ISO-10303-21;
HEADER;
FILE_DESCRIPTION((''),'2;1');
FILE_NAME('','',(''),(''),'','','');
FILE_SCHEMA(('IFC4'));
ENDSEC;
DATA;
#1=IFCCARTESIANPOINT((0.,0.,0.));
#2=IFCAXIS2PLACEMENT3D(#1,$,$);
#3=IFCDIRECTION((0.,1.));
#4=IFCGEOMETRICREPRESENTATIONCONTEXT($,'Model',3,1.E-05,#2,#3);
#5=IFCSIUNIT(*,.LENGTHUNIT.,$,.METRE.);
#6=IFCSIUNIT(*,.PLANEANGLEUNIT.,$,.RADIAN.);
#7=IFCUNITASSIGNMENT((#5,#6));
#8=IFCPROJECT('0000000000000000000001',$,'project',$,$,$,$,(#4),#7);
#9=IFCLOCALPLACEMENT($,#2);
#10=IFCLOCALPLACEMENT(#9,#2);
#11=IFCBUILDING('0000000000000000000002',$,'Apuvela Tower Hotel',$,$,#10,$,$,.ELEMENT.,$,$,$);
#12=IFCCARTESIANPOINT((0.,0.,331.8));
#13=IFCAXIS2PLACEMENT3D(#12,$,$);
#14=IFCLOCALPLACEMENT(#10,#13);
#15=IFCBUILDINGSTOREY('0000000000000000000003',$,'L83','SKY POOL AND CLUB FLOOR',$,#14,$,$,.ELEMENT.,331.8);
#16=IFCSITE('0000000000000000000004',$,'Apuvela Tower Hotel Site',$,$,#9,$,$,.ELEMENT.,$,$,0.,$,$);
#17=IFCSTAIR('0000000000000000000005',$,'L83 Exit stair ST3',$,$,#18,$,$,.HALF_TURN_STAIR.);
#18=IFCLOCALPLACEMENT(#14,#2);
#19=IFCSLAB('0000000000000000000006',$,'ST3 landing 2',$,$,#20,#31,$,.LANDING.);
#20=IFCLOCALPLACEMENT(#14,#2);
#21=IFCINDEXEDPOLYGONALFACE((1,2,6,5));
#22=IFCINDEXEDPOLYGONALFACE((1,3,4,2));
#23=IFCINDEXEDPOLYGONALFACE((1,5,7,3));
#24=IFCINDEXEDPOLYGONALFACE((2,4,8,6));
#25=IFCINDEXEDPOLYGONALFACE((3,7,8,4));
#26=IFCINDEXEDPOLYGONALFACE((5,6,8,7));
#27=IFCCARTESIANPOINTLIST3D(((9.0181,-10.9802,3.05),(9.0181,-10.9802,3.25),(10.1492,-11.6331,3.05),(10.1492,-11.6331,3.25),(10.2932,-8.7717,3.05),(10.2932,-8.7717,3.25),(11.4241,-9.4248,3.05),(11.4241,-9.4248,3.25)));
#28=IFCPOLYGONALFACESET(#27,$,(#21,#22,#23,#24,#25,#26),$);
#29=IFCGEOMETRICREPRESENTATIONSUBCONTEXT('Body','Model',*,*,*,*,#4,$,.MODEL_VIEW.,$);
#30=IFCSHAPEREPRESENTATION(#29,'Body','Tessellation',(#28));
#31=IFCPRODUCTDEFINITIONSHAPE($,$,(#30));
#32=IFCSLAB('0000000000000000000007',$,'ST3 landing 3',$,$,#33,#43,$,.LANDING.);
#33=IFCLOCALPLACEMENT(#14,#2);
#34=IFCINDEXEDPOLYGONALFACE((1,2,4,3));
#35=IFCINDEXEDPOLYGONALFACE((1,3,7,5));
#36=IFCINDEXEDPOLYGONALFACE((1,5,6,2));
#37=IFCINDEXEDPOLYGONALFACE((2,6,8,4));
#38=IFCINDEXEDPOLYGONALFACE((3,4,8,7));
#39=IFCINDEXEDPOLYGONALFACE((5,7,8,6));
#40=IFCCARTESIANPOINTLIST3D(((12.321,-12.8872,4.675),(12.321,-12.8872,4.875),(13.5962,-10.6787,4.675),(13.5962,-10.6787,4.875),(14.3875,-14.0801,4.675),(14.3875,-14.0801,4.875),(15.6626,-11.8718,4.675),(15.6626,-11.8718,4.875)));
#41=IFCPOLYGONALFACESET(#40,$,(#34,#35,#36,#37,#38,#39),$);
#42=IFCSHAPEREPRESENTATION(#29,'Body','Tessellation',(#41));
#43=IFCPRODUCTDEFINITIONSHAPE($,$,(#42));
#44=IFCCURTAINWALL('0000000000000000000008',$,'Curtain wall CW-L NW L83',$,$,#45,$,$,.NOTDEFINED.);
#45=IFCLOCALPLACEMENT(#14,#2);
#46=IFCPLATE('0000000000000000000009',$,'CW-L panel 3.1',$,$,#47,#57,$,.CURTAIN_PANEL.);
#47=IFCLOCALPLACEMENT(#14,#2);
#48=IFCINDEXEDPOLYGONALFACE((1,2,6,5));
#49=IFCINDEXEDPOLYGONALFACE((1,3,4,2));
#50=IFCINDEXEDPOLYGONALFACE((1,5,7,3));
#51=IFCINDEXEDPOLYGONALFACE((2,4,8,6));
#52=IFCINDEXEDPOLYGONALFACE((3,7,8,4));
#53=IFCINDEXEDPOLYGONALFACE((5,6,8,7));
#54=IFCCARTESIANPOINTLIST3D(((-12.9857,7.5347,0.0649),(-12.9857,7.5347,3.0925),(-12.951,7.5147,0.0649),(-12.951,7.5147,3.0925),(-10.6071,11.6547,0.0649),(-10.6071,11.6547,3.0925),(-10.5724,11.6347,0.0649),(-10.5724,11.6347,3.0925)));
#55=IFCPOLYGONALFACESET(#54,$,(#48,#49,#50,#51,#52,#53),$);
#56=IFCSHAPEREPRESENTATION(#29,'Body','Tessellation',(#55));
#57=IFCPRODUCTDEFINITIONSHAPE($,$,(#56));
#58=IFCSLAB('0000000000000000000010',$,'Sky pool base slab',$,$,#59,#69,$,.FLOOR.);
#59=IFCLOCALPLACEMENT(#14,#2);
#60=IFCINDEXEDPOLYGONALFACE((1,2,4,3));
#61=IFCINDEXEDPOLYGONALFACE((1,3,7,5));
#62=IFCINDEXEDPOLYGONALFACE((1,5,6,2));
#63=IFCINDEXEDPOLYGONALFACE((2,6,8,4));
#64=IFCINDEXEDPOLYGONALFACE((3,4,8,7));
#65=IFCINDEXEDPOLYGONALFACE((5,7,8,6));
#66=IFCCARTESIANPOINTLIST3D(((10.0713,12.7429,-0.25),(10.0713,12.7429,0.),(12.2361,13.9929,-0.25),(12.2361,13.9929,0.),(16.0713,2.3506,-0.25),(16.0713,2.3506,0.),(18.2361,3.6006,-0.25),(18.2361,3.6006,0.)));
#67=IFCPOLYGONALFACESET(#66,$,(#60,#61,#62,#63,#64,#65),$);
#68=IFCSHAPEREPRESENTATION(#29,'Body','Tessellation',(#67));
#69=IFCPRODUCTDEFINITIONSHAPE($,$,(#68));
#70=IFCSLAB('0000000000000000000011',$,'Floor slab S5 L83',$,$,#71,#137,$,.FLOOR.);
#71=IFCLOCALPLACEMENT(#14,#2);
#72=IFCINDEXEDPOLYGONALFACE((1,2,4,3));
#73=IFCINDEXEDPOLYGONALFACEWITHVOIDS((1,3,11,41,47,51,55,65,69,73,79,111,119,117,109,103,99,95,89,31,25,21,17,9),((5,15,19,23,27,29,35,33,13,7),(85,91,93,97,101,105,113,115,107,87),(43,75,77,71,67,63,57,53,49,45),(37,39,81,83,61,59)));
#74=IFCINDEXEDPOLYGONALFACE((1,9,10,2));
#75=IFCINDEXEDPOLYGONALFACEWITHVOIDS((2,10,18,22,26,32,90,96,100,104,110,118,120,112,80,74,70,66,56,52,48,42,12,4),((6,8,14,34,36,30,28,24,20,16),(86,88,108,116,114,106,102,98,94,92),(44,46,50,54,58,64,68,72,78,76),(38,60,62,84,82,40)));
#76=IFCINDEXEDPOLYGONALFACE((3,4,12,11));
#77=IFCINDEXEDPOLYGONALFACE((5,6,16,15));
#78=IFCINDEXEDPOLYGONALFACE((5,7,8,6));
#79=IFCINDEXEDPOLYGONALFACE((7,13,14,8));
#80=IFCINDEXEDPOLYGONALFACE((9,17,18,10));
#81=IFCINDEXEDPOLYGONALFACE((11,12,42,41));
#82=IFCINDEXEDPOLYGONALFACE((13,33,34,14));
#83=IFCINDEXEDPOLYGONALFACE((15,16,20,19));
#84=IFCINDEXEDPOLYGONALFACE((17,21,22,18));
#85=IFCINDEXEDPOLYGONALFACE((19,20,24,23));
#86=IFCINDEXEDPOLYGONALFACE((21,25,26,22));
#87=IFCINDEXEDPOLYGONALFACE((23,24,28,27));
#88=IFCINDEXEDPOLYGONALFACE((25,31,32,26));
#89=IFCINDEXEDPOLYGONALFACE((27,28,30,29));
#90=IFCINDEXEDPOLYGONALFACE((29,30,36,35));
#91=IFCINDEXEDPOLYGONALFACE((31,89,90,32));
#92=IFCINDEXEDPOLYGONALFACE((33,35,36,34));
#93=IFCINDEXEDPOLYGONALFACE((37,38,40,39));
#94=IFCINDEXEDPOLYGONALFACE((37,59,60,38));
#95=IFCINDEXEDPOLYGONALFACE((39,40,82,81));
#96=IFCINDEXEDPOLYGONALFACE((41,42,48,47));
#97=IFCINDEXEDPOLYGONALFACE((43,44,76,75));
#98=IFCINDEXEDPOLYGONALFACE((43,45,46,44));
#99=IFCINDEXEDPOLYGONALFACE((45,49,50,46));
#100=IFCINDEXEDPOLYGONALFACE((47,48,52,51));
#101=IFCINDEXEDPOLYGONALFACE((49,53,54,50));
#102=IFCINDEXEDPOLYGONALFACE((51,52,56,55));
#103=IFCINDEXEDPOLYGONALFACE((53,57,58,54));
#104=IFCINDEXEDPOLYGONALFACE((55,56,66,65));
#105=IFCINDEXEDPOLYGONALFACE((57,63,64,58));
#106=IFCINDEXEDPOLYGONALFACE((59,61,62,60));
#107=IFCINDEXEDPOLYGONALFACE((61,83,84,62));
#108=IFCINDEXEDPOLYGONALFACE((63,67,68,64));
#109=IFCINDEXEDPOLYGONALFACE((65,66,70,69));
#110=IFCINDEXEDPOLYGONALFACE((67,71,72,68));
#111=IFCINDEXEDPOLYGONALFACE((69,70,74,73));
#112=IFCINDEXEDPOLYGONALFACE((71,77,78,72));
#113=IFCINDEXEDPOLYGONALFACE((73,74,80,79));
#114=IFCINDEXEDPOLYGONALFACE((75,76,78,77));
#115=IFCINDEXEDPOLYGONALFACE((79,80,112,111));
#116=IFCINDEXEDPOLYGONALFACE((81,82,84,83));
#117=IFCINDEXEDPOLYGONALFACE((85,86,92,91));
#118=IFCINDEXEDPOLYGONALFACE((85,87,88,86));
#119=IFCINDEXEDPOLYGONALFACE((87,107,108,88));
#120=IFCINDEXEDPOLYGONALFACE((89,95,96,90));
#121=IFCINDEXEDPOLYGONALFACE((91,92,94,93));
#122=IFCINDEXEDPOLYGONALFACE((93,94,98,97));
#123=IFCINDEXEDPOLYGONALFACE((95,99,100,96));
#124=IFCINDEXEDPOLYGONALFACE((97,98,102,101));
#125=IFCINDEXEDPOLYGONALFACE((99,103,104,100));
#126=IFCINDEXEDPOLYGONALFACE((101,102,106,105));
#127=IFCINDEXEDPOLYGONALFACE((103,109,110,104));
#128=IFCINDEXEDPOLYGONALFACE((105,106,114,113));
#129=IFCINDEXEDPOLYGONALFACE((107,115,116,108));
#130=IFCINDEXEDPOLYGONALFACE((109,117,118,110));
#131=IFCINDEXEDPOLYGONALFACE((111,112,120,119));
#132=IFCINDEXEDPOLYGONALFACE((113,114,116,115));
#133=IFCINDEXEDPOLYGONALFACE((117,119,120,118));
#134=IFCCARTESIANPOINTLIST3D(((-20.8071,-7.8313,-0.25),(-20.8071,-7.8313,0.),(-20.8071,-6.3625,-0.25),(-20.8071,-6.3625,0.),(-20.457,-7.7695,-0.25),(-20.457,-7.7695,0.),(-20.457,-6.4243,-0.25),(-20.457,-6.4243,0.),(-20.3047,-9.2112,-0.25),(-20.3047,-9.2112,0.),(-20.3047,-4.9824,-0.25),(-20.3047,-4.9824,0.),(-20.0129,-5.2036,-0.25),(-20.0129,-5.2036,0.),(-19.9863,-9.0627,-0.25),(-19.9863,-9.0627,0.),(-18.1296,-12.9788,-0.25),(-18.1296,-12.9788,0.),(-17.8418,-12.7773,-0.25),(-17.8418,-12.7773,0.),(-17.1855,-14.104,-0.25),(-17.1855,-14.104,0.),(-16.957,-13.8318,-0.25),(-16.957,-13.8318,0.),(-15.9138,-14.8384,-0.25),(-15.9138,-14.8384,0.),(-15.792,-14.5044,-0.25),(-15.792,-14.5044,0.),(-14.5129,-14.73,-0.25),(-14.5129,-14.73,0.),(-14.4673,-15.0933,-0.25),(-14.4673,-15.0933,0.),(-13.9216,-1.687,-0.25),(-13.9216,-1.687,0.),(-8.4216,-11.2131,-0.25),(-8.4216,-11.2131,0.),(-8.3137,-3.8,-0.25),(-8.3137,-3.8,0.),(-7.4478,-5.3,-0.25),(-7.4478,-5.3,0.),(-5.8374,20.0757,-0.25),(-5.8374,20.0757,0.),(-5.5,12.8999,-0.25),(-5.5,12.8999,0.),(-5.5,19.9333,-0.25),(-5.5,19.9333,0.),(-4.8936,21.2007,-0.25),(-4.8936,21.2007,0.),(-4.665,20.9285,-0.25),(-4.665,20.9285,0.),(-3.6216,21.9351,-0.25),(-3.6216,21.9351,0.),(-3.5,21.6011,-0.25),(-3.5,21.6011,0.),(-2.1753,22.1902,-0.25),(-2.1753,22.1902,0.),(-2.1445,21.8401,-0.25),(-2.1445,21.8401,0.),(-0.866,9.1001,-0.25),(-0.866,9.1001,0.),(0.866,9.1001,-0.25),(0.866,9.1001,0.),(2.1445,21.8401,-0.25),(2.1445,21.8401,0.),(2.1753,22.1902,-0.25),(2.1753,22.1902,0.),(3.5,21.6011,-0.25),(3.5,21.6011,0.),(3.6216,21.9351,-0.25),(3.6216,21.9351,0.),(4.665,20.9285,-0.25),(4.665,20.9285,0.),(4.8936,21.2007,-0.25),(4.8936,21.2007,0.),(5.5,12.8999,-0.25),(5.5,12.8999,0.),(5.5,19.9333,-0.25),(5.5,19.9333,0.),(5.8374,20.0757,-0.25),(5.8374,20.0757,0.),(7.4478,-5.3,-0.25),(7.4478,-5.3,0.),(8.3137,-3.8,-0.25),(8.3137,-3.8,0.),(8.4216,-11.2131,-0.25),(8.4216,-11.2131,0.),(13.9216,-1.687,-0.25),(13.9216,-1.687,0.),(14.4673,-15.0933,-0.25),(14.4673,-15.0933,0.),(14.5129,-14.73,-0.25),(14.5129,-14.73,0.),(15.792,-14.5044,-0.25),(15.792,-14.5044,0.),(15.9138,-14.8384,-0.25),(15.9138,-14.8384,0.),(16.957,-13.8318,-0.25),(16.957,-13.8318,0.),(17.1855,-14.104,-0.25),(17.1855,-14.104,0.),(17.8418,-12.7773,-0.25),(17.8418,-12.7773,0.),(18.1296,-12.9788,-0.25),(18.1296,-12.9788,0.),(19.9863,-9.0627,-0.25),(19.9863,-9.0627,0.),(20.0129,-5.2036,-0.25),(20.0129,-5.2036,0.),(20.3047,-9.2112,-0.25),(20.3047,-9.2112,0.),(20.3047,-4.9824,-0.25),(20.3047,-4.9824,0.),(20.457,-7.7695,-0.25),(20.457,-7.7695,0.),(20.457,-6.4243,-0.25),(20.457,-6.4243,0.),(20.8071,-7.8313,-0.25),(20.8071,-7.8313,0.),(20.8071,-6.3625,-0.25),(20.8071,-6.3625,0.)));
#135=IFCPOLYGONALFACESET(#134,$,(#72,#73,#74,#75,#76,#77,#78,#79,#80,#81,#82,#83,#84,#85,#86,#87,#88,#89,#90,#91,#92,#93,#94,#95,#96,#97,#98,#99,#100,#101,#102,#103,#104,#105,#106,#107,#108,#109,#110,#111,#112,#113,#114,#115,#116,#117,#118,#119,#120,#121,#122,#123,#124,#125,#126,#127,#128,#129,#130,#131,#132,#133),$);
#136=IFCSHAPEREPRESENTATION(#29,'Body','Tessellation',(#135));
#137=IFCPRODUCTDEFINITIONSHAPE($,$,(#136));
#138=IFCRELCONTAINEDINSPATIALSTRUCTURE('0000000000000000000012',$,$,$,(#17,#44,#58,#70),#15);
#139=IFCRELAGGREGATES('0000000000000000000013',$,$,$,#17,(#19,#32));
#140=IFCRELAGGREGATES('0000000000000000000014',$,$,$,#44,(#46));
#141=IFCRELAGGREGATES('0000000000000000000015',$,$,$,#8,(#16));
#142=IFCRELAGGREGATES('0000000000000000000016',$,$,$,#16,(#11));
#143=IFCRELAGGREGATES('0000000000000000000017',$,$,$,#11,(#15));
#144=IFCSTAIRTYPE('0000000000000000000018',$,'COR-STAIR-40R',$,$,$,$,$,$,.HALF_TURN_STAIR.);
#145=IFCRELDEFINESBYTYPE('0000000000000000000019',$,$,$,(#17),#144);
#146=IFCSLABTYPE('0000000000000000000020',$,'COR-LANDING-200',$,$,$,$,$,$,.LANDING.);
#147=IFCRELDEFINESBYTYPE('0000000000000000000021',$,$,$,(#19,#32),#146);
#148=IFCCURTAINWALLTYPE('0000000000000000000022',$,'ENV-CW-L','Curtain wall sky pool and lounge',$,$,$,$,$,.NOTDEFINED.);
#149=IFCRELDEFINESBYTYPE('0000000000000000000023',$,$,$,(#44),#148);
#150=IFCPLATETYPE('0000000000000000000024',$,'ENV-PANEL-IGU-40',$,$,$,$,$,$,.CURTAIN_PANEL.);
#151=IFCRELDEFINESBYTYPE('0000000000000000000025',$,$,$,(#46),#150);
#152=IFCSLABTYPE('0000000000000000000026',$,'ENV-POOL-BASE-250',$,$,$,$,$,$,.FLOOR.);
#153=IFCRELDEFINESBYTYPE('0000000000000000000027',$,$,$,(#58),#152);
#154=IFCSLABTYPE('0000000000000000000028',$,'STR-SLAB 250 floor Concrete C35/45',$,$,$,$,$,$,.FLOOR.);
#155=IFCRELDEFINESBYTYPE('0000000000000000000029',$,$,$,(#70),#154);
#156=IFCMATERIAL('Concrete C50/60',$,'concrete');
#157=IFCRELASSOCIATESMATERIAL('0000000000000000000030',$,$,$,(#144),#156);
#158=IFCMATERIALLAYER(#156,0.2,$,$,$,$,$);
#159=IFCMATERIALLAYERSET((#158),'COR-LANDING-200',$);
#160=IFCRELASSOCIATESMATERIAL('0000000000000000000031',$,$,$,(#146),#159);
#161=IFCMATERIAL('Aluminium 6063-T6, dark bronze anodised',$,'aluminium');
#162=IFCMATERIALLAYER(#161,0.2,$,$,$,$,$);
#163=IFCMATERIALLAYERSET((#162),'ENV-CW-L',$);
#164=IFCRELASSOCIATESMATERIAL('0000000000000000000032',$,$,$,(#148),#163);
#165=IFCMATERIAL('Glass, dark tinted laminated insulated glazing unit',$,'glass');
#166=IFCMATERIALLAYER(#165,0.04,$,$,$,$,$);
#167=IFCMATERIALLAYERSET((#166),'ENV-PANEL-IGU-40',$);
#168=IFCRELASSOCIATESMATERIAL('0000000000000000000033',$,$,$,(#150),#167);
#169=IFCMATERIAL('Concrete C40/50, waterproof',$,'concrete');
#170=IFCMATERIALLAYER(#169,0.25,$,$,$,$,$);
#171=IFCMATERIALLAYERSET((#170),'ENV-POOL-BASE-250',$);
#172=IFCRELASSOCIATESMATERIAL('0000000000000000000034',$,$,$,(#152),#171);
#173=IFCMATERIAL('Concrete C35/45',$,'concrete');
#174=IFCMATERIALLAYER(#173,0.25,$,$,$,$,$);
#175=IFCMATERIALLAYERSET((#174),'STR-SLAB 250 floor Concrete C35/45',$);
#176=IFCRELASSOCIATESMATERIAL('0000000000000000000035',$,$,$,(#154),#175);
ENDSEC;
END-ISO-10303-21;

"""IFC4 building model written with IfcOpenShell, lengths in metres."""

from ifc_helpers import new_model, si_unit, direction, frame, origin, origin_2d, place, context, subcontext, project, spatial, polyline, rectangle, outline, extrude, material, layer, layer_set, type_object, element, aggregate, save


model = new_model("IFC4")

# Units and contexts
model_context = context("Model", 3, precision=1e-05, world=origin(), true_north=direction((0.0, 1.0)))
body_context = subcontext(model_context, "Body", "Model", "MODEL_VIEW")
ifc_project = project(units=[si_unit("LENGTHUNIT", "METRE"), si_unit("PLANEANGLEUNIT", "RADIAN")], contexts=[model_context])

# Site, building, storey
site_placement = place(None, origin())
site = spatial("IfcSite", under=ifc_project, at=site_placement, Name="Apuvela Tower Hotel Site", CompositionType="ELEMENT", RefElevation=0.0)
building_placement = place(site_placement, origin())
building = spatial("IfcBuilding", under=site, at=building_placement, Name="Apuvela Tower Hotel", CompositionType="ELEMENT")
storey_placement = place(building_placement, frame((0.0, 0.0, 331.8)))
storey = spatial("IfcBuildingStorey", under=building, at=storey_placement, Name="L83", Description="SKY POOL AND CLUB FLOOR", CompositionType="ELEMENT", Elevation=331.8)

# Shared definitions
ifc_material_1 = material(Name="Concrete C50/60", Category="concrete")

# Stair, slabs
stair_type = type_object("IfcStairType", Name="COR-STAIR-40R", PredefinedType="HALF_TURN_STAIR", material=ifc_material_1)
ifc_layer_1 = layer(ifc_material_1, 0.2)
ifc_layer_set_1 = layer_set([ifc_layer_1], Name="COR-LANDING-200")
slab_type_1 = type_object("IfcSlabType", Name="COR-LANDING-200", PredefinedType="LANDING", material=ifc_layer_set_1)
stair_1_placement = place(storey_placement, origin())
stair_1 = element("IfcStair", 1, at=stair_1_placement, inside=storey, type_object=stair_type, Name="L83 Exit stair ST3", PredefinedType="HALF_TURN_STAIR")
slab_1_placement = place(storey_placement, frame((0.0, 0.0, 3.05)))
slab_1 = element("IfcSlab", 2, at=slab_1_placement, type_object=slab_type_1, Name="ST3 landing 2", PredefinedType="LANDING", context=body_context, shape_type="SweptSolid", body=[
    extrude(outline(polyline([(9.0181, -10.9802), (10.1492, -11.6331), (11.4241, -9.4248), (10.2932, -8.7717), (9.0181, -10.9802)])), origin(), (0.0, 0.0, 1.0), 0.2),
])
slab_2_placement = place(storey_placement, frame((0.0, 0.0, 4.675)))
slab_2 = element("IfcSlab", 3, at=slab_2_placement, type_object=slab_type_1, Name="ST3 landing 3", PredefinedType="LANDING", context=body_context, shape_type="SweptSolid", body=[
    extrude(outline(polyline([(12.321, -12.8872), (14.3875, -14.0801), (15.6626, -11.8718), (13.5962, -10.6787), (12.321, -12.8872)])), origin(), (0.0, 0.0, 1.0), 0.2),
])
aggregate(stair_1, [slab_1, slab_2])

# Curtain wall, plate
ifc_material_2 = material(Name="Aluminium 6063-T6, dark bronze anodised", Category="aluminium")
ifc_layer_2 = layer(ifc_material_2, 0.2)
ifc_layer_set_2 = layer_set([ifc_layer_2], Name="ENV-CW-L")
curtain_wall_type = type_object("IfcCurtainWallType", Name="ENV-CW-L", Description="Curtain wall sky pool and lounge", PredefinedType="NOTDEFINED", material=ifc_layer_set_2)
curtain_wall_placement = place(storey_placement, origin())
curtain_wall = element("IfcCurtainWall", 4, at=curtain_wall_placement, inside=storey, type_object=curtain_wall_type, Name="Curtain wall CW-L NW L83", PredefinedType="NOTDEFINED")
ifc_material_3 = material(Name="Glass, dark tinted laminated insulated glazing unit", Category="glass")
ifc_layer_3 = layer(ifc_material_3, 0.04)
ifc_layer_set_3 = layer_set([ifc_layer_3], Name="ENV-PANEL-IGU-40")
plate_type = type_object("IfcPlateType", Name="ENV-PANEL-IGU-40", PredefinedType="CURTAIN_PANEL", material=ifc_layer_set_3)
plate_placement = place(storey_placement, frame((-11.7791, 9.5847, 0.0649), z_axis=(0.0, 0.0, 1.0), x_axis=(-0.5, -0.866025, 0.0)))
plate = element("IfcPlate", 5, at=plate_placement, type_object=plate_type, Name="CW-L panel 3.1", PredefinedType="CURTAIN_PANEL", context=body_context, shape_type="SweptSolid", body=[
    extrude(rectangle(XDim=4.7573, YDim=0.04, at=origin_2d()), origin(), (0.0, 0.0, 1.0), 3.0276),
])
aggregate(curtain_wall, [plate])

# Slabs
ifc_material_4 = material(Name="Concrete C40/50, waterproof", Category="concrete")
ifc_layer_4 = layer(ifc_material_4, 0.25)
ifc_layer_set_4 = layer_set([ifc_layer_4], Name="ENV-POOL-BASE-250")
slab_type_2 = type_object("IfcSlabType", Name="ENV-POOL-BASE-250", PredefinedType="FLOOR", material=ifc_layer_set_4)
slab_3_placement = place(storey_placement, frame((0.0, 0.0, -0.25)))
element("IfcSlab", 6, at=slab_3_placement, inside=storey, type_object=slab_type_2, Name="Sky pool base slab", PredefinedType="FLOOR", context=body_context, shape_type="SweptSolid", body=[
    extrude(outline(polyline([(16.0713, 2.3506), (10.0713, 12.7429), (12.2361, 13.9929), (18.2361, 3.6006), (16.0713, 2.3506)])), origin(), (0.0, 0.0, 1.0), 0.25),
])
ifc_material_5 = material(Name="Concrete C35/45", Category="concrete")
ifc_layer_5 = layer(ifc_material_5, 0.25)
ifc_layer_set_5 = layer_set([ifc_layer_5], Name="STR-SLAB 250 floor Concrete C35/45")
slab_type_3 = type_object("IfcSlabType", Name="STR-SLAB 250 floor Concrete C35/45", PredefinedType="FLOOR", material=ifc_layer_set_5)
slab_4_placement = place(storey_placement, frame((0.0, 0.0, -0.25)))
element("IfcSlab", 7, at=slab_4_placement, inside=storey, type_object=slab_type_3, Name="Floor slab S5 L83", PredefinedType="FLOOR", context=body_context, shape_type="SweptSolid", body=[
    extrude(outline(polyline([(5.8374, 20.0757), (4.8936, 21.2007), (3.6216, 21.9351), (2.1753, 22.1902), (-2.1753, 22.1902), (-3.6216, 21.9351), (-4.8936, 21.2007), (-5.8374, 20.0757), (-20.3047, -4.9824), (-20.8071, -6.3625), (-20.8071, -7.8313), (-20.3047, -9.2112), (-18.1296, -12.9788), (-17.1855, -14.104), (-15.9138, -14.8384), (-14.4673, -15.0933), (14.4673, -15.0933), (15.9138, -14.8384), (17.1855, -14.104), (18.1296, -12.9788), (20.3047, -9.2112), (20.8071, -7.8313), (20.8071, -6.3625), (20.3047, -4.9824), (5.8374, 20.0757)]), holes=[polyline([(0.866, 9.1001), (-0.866, 9.1001), (-8.3137, -3.8), (-7.4478, -5.3), (7.4478, -5.3), (8.3137, -3.8), (0.866, 9.1001)]), polyline([(-5.5, 12.8999), (-5.5, 19.9333), (-4.665, 20.9285), (-3.5, 21.6011), (-2.1445, 21.8401), (2.1445, 21.8401), (3.5, 21.6011), (4.665, 20.9285), (5.5, 19.9333), (5.5, 12.8999), (-5.5, 12.8999)]), polyline([(-8.4216, -11.2131), (-14.5129, -14.73), (-15.792, -14.5044), (-16.957, -13.8318), (-17.8418, -12.7773), (-19.9863, -9.0627), (-20.457, -7.7695), (-20.457, -6.4243), (-20.0129, -5.2036), (-13.9216, -1.687), (-8.4216, -11.2131)]), polyline([(13.9216, -1.687), (20.0129, -5.2036), (20.457, -6.4243), (20.457, -7.7695), (19.9863, -9.0627), (17.8418, -12.7773), (16.957, -13.8318), (15.792, -14.5044), (14.5129, -14.73), (8.4216, -11.2131), (13.9216, -1.687)])]), origin(), (0.0, 0.0, 1.0), 0.25),
])

save(model, "model.ifc")
